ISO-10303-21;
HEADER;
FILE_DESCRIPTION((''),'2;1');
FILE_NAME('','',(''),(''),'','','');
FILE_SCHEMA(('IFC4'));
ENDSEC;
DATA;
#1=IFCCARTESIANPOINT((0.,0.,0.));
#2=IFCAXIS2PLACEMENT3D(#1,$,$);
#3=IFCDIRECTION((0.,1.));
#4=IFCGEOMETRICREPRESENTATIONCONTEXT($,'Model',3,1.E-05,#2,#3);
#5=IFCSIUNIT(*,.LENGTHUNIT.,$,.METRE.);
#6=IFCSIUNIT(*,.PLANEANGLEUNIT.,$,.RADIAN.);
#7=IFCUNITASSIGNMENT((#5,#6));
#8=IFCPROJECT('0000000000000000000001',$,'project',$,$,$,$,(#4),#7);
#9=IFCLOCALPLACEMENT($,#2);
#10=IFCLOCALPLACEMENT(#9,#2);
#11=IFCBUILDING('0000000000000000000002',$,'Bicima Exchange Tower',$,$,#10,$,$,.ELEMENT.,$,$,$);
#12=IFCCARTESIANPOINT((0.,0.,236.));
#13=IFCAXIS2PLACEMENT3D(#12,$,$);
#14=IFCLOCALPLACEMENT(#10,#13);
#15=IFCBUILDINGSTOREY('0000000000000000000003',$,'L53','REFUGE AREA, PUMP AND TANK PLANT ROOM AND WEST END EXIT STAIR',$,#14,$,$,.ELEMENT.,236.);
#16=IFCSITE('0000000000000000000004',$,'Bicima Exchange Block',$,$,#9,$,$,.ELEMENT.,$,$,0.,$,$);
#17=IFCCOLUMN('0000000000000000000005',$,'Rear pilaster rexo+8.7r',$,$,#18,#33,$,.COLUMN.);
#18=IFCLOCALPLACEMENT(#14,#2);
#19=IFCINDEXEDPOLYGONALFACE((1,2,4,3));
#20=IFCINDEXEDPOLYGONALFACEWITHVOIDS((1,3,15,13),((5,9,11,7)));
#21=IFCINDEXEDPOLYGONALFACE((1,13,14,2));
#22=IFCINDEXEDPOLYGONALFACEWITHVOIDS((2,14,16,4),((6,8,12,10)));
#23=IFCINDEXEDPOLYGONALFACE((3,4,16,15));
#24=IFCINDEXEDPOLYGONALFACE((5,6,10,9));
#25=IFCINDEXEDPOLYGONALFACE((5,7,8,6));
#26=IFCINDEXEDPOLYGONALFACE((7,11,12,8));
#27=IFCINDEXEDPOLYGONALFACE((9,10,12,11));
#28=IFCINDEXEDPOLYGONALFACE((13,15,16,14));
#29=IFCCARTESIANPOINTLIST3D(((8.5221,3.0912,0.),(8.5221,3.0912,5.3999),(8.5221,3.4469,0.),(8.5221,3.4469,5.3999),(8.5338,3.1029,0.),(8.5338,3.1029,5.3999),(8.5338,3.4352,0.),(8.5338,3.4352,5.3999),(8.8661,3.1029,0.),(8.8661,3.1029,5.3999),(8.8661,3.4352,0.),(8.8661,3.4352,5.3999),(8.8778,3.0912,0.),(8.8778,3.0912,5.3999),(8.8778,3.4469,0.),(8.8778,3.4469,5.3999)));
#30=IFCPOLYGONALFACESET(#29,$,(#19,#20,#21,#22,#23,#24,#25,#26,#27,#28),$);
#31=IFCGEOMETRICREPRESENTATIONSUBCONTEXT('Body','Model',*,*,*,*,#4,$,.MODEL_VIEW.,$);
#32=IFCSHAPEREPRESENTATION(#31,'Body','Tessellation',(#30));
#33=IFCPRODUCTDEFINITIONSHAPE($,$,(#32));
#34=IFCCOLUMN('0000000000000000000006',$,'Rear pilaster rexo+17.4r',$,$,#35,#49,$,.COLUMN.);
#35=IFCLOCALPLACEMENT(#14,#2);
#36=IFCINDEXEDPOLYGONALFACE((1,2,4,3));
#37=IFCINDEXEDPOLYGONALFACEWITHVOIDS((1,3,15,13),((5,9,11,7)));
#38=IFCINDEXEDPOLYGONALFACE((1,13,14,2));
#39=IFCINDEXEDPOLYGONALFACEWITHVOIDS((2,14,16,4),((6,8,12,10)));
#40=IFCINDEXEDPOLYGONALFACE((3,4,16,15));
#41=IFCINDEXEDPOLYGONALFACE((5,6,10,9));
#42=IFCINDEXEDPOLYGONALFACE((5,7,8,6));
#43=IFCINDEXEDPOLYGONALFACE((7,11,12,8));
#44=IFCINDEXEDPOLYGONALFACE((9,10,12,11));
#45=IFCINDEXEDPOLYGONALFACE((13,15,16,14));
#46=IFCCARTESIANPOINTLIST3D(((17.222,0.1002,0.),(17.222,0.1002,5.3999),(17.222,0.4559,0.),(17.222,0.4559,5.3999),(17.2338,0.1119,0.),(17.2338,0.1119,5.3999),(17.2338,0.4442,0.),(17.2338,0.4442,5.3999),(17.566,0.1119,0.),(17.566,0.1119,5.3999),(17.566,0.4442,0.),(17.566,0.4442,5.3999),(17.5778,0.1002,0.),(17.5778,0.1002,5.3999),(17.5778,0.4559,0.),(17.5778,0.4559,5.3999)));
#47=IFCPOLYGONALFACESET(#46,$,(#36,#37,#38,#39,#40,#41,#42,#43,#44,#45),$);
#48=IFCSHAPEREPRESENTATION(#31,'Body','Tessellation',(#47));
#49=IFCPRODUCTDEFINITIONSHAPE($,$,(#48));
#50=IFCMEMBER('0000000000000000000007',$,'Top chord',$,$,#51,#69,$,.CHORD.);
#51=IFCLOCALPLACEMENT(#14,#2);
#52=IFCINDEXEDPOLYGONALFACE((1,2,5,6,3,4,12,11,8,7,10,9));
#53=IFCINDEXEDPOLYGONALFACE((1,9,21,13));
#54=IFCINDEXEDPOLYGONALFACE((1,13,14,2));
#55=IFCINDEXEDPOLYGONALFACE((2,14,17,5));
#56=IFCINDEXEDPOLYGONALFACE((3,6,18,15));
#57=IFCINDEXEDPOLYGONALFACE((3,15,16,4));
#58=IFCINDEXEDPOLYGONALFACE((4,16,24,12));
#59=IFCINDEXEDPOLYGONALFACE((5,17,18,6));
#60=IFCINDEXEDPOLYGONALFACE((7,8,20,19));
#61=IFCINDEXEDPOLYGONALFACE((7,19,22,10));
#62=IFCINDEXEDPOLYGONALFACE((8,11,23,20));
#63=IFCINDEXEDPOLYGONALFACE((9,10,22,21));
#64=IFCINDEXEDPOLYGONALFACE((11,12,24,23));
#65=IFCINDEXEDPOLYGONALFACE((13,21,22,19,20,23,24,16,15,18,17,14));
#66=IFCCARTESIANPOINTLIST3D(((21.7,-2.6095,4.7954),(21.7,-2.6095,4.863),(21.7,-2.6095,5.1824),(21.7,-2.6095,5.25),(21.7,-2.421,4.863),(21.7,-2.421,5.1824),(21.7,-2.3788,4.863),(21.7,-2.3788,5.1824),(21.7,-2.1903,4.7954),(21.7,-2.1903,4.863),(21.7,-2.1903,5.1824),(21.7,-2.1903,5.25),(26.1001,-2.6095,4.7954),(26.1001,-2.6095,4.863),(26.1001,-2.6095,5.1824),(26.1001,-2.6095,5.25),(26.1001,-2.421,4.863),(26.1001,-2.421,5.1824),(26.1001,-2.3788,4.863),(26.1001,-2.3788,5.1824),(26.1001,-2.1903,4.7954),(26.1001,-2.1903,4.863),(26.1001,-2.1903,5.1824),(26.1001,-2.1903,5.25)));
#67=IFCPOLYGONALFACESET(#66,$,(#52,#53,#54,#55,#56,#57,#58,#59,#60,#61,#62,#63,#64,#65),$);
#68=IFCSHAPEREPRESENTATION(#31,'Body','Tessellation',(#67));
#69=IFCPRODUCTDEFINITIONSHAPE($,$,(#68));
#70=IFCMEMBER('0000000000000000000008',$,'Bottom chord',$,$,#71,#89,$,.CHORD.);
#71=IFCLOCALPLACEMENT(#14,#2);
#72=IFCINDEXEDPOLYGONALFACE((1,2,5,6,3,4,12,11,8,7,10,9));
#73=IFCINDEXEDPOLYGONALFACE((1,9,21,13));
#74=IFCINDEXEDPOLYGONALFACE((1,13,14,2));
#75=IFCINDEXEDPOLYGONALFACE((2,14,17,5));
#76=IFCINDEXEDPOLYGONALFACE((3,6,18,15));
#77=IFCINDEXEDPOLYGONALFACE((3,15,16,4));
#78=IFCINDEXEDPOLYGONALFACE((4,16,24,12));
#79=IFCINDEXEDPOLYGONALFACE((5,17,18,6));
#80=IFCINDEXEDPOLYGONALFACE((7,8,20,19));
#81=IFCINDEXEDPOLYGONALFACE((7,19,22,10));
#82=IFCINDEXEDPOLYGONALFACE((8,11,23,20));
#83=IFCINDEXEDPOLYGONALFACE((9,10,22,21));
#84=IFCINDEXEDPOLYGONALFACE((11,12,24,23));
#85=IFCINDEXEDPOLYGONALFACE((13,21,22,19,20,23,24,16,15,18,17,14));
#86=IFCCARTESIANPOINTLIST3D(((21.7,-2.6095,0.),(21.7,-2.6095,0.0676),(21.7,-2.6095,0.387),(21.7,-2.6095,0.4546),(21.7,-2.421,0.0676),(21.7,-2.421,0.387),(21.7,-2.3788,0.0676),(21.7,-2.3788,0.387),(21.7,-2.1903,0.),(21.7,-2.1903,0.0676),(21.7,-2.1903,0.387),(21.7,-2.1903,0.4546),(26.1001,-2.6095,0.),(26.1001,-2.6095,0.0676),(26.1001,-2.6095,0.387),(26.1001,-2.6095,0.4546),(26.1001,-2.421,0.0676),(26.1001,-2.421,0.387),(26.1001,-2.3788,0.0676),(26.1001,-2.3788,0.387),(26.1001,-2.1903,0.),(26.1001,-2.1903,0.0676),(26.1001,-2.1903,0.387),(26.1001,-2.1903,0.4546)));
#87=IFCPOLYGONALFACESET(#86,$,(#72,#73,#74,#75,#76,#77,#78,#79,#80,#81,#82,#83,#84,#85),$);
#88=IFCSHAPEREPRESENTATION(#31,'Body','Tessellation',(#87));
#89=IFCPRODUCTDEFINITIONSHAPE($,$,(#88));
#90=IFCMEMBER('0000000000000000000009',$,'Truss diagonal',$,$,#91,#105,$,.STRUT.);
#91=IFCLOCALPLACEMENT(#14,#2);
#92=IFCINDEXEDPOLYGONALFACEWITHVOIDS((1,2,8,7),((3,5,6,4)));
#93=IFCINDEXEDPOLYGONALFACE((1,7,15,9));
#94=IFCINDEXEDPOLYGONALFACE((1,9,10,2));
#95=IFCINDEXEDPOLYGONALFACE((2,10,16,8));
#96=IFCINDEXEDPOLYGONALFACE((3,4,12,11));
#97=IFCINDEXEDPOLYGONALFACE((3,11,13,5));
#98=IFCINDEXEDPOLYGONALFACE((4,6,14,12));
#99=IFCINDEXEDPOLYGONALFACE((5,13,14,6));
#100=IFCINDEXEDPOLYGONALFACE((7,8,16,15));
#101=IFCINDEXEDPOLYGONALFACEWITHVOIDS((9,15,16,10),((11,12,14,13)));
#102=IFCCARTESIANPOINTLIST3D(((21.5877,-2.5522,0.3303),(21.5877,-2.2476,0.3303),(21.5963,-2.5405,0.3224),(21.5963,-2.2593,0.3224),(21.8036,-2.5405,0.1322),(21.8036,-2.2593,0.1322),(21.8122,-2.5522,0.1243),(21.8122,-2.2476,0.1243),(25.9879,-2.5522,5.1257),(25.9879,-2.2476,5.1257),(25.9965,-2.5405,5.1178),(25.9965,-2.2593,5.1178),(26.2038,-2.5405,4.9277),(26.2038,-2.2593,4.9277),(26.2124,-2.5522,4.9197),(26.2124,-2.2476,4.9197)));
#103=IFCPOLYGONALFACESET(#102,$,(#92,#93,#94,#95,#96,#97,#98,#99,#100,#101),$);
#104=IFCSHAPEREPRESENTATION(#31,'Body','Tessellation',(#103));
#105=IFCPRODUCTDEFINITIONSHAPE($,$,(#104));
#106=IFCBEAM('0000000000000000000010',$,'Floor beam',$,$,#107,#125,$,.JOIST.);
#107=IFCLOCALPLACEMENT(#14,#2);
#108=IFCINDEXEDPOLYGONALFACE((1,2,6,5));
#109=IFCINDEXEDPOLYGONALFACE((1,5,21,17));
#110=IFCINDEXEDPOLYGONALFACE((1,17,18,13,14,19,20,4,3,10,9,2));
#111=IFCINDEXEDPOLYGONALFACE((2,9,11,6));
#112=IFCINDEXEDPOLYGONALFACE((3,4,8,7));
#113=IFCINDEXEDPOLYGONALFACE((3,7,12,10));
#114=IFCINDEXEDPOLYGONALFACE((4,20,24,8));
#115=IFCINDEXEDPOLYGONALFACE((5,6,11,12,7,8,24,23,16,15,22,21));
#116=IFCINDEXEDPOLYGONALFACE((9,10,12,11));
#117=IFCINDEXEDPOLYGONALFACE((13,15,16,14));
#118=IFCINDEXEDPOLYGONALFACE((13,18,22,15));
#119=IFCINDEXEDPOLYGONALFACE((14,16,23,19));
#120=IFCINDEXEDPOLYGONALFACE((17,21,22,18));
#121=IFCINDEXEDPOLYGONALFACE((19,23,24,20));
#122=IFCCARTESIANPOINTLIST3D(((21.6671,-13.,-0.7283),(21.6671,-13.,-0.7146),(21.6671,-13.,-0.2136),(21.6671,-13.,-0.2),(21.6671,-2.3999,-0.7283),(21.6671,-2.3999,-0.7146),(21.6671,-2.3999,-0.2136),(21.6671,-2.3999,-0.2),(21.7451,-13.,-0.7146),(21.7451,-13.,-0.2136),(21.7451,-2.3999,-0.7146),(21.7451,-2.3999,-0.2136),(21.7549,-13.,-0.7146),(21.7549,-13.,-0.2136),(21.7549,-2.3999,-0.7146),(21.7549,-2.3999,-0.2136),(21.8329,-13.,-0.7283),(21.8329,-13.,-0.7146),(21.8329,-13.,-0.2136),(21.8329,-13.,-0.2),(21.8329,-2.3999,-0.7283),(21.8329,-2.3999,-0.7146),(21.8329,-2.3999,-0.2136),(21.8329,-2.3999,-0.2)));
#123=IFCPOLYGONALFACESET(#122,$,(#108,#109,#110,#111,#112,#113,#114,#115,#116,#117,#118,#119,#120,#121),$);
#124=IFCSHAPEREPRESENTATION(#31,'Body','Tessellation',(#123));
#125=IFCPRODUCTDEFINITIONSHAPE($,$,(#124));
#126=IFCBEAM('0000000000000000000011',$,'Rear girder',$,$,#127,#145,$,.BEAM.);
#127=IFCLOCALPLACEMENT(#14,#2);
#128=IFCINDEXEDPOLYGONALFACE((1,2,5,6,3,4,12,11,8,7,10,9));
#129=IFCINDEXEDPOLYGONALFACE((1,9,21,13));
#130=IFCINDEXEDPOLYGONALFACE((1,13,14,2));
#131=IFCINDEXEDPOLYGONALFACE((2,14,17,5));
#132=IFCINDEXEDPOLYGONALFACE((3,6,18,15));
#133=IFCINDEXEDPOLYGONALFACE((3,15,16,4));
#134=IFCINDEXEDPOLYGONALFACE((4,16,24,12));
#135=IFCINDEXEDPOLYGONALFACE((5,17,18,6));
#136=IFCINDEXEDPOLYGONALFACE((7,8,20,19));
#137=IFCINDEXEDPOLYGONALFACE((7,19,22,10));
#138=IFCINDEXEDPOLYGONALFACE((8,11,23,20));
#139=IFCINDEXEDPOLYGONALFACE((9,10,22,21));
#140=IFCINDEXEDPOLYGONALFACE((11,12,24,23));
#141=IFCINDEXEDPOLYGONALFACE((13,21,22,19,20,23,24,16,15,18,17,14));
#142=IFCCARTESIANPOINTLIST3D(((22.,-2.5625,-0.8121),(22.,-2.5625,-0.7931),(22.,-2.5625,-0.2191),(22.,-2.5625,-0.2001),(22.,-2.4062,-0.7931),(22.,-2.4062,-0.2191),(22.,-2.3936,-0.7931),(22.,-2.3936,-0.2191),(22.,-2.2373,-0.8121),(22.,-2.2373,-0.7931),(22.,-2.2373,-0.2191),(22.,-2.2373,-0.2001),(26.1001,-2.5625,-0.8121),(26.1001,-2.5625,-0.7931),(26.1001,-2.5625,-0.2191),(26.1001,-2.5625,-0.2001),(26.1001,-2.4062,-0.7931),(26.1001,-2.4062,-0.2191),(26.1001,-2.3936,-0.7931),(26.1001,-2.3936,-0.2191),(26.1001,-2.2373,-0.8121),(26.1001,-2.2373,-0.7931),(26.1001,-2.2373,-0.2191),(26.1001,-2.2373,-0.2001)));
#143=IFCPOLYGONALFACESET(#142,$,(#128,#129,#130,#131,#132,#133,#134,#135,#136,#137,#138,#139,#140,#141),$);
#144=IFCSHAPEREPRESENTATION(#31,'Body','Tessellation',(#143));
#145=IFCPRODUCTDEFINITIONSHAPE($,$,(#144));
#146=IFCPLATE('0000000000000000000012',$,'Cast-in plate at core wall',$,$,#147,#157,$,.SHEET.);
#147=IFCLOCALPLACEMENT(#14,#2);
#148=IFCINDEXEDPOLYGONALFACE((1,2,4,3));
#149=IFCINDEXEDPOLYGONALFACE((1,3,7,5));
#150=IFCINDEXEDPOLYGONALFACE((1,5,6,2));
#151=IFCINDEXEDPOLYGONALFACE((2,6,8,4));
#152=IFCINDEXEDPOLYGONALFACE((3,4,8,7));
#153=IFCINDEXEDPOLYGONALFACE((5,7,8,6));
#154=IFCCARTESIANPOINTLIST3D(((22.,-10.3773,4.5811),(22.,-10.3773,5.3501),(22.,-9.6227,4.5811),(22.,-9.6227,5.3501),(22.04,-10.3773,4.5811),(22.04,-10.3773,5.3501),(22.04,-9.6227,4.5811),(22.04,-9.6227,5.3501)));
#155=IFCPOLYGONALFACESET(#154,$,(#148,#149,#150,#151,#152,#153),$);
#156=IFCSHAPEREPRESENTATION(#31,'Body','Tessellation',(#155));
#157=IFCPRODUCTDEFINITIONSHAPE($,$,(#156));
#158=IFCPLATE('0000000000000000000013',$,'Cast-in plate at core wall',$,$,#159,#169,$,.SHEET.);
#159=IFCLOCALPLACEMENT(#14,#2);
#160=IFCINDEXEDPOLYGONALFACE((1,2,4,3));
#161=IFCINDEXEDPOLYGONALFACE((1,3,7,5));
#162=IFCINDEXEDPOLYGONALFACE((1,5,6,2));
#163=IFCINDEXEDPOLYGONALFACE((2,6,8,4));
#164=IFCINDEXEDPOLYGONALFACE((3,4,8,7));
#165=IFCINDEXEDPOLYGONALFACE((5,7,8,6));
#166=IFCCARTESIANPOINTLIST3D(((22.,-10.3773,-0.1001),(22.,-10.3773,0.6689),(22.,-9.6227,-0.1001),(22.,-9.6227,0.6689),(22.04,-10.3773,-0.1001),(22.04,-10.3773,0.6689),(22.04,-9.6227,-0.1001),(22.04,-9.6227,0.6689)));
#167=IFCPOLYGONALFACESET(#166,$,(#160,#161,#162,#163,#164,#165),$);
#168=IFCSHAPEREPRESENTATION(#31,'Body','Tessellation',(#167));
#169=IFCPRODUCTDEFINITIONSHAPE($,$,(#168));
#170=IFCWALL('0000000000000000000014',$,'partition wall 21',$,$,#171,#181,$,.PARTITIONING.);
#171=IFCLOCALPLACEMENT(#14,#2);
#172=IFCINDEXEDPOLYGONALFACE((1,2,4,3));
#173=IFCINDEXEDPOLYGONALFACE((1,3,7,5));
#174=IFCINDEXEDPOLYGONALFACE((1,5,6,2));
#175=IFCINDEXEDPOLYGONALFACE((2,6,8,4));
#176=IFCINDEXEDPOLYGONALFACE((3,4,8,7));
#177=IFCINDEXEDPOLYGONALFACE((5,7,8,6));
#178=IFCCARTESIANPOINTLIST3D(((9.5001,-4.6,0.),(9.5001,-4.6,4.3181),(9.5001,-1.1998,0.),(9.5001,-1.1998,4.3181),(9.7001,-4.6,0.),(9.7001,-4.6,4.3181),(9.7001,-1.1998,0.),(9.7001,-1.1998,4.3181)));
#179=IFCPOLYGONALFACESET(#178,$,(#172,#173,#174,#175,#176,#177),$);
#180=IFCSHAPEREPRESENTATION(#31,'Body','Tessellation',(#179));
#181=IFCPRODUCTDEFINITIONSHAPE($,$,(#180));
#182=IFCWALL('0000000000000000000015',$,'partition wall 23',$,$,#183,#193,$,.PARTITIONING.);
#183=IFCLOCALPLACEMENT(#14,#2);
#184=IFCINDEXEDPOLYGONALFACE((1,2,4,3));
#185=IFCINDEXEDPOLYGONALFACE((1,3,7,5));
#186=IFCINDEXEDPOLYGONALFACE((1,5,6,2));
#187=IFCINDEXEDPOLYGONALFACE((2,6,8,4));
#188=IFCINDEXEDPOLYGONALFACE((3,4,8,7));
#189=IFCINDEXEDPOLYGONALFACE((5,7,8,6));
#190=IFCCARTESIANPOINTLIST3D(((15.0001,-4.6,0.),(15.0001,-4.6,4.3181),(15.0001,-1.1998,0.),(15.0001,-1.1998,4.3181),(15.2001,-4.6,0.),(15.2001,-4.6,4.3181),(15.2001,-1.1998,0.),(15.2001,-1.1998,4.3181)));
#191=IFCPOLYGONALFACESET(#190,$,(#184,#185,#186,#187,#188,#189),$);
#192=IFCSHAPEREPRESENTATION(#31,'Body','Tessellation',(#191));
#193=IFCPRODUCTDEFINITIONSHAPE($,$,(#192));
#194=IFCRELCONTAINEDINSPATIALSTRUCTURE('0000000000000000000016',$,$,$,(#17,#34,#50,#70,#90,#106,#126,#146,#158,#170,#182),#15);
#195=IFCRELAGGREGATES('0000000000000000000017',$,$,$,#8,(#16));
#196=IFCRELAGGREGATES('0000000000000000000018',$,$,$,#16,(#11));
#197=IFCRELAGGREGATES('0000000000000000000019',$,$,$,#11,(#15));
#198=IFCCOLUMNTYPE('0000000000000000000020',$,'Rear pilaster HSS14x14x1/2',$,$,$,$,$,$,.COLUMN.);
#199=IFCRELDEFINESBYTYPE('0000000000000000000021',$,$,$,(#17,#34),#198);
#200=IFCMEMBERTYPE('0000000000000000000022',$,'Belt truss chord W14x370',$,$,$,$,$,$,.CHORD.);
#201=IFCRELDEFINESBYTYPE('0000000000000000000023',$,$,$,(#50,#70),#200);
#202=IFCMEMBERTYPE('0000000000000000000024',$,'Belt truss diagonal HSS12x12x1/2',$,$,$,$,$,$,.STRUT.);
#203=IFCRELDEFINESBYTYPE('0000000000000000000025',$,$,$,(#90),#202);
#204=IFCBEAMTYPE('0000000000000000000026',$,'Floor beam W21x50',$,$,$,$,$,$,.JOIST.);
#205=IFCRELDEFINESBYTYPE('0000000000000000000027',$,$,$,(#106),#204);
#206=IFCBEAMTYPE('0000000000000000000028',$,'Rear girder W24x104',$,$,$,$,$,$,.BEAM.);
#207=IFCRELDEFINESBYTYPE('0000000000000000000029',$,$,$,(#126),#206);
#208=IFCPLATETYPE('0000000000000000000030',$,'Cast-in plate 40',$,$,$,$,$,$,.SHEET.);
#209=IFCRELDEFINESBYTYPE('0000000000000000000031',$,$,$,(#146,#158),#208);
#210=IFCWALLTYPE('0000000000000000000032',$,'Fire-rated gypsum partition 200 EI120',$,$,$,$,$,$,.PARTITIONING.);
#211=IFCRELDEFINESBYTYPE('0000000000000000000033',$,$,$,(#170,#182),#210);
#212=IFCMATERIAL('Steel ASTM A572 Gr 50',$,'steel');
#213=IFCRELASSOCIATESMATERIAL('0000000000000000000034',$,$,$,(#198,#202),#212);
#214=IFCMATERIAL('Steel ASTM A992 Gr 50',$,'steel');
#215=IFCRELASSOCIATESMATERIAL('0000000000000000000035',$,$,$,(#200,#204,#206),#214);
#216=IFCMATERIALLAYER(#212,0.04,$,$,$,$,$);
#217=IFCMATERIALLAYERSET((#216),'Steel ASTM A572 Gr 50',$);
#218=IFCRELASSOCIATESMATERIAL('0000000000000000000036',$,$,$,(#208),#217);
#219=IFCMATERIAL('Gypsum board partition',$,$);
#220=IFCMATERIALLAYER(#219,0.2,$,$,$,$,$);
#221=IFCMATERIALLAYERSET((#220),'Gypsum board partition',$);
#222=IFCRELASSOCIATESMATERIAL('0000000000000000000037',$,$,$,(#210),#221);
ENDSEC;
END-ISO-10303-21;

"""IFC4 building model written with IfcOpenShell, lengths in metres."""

from ifc_helpers import new_model, si_unit, direction, frame, frame_2d, origin, origin_2d, place, context, subcontext, project, spatial, rectangle, hollow_rectangle, i_section, extrude, material, layer, layer_set, material_profile, profile_set, type_object, element, save


model = new_model("IFC4")

# Units and contexts
model_context = context("Model", 3, precision=1e-05, world=origin(), true_north=direction((0.0, 1.0)))
body_context = subcontext(model_context, "Body", "Model", "MODEL_VIEW")
ifc_project = project(units=[si_unit("LENGTHUNIT", "METRE"), si_unit("PLANEANGLEUNIT", "RADIAN")], contexts=[model_context])

# Site, building, storey
site_placement = place(None, origin())
site = spatial("IfcSite", under=ifc_project, at=site_placement, Name="Bicima Exchange Block", CompositionType="ELEMENT", RefElevation=0.0)
building_placement = place(site_placement, origin())
building = spatial("IfcBuilding", under=site, at=building_placement, Name="Bicima Exchange Tower", CompositionType="ELEMENT")
storey_placement = place(building_placement, frame((0.0, 0.0, 236.0)))
storey = spatial("IfcBuildingStorey", under=building, at=storey_placement, Name="L53", Description="REFUGE AREA, PUMP AND TANK PLANT ROOM AND WEST END EXIT STAIR", CompositionType="ELEMENT", Elevation=236.0)

# Columns
ifc_material_1 = material(Name="Steel ASTM A572 Gr 50", Category="steel")
ifc_material_profile_1 = material_profile(ifc_material_1, hollow_rectangle(XDim=0.3557, YDim=0.3557, WallThickness=0.0117, at=origin_2d()))
ifc_profile_set_1 = profile_set([ifc_material_profile_1], Name="Steel ASTM A572 Gr 50")
column_type = type_object("IfcColumnType", Name="Rear pilaster HSS14x14x1/2", PredefinedType="COLUMN", material=ifc_profile_set_1)
for number, where, z_axis, x_axis, name in (
    (1, (8.7, 3.269, 0.0), (0.0, 0.0, 1.0), (1.0, 0.0, 0.0), "Rear pilaster rexo+8.7r"),
    (2, (17.3999, 0.2781, 0.0), (0.0, 0.0, 1.0), (1.0, 0.0, 0.0), "Rear pilaster rexo+17.4r"),
):
    element("IfcColumn", number, at=place(storey_placement, frame(where, z_axis=z_axis, x_axis=x_axis)), inside=storey, type_object=column_type, Name=name, PredefinedType="COLUMN", context=body_context, shape_type="SweptSolid", body=[
        extrude(hollow_rectangle(XDim=0.3557, YDim=0.3557, WallThickness=0.0117, at=origin_2d()), origin(), (0.0, 0.0, 1.0), 5.3999),
    ])

# Members
ifc_material_2 = material(Name="Steel ASTM A992 Gr 50", Category="steel")
ifc_material_profile_2 = material_profile(ifc_material_2, i_section(OverallWidth=0.4192, OverallDepth=0.4546, WebThickness=0.0422, FlangeThickness=0.0676, at=origin_2d()))
ifc_profile_set_2 = profile_set([ifc_material_profile_2], Name="Steel ASTM A992 Gr 50")
member_type_1 = type_object("IfcMemberType", Name="Belt truss chord W14x370", PredefinedType="CHORD", material=ifc_profile_set_2)
for number, where, z_axis, x_axis, name in (
    (3, (21.7, -2.3999, 5.0227), (1.0, 0.0, 0.0), (0.0, 1.0, 0.0), "Top chord"),
    (4, (21.7, -2.3999, 0.2273), (1.0, 0.0, 0.0), (0.0, 1.0, 0.0), "Bottom chord"),
):
    element("IfcMember", number, at=place(storey_placement, frame(where, z_axis=z_axis, x_axis=x_axis)), inside=storey, type_object=member_type_1, Name=name, PredefinedType="CHORD", context=body_context, shape_type="SweptSolid", body=[
        extrude(i_section(OverallWidth=0.4192, OverallDepth=0.4546, WebThickness=0.0422, FlangeThickness=0.0676, at=origin_2d()), origin(), (0.0, 0.0, 1.0), 4.4001),
    ])
ifc_material_profile_3 = material_profile(ifc_material_1, hollow_rectangle(XDim=0.3047, YDim=0.3047, WallThickness=0.0117, at=origin_2d()))
ifc_profile_set_3 = profile_set([ifc_material_profile_3], Name="Steel ASTM A572 Gr 50")
member_type_2 = type_object("IfcMemberType", Name="Belt truss diagonal HSS12x12x1/2", PredefinedType="STRUT", material=ifc_profile_set_3)
member_placement = place(storey_placement, frame((21.7, -2.3999, 0.2273), z_axis=(0.676088, 0.0, 0.736821), x_axis=(0.0, 1.0, 0.0)))
element("IfcMember", 5, at=member_placement, inside=storey, type_object=member_type_2, Name="Truss diagonal", PredefinedType="STRUT", context=body_context, shape_type="SweptSolid", body=[
    extrude(hollow_rectangle(XDim=0.3047, YDim=0.3047, WallThickness=0.0117, at=origin_2d()), origin(), (0.0, 0.0, 1.0), 6.5083),
])

# Beams
ifc_material_profile_4 = material_profile(ifc_material_2, i_section(OverallWidth=0.1658, OverallDepth=0.5283, WebThickness=0.0098, FlangeThickness=0.0137, at=origin_2d()))
ifc_profile_set_4 = profile_set([ifc_material_profile_4], Name="Steel ASTM A992 Gr 50")
beam_type_1 = type_object("IfcBeamType", Name="Floor beam W21x50", PredefinedType="JOIST", material=ifc_profile_set_4)
beam_1_placement = place(storey_placement, frame((21.75, -2.3999, -0.4641), z_axis=(0.0, -1.0, 0.0), x_axis=(1.0, 0.0, 0.0)))
element("IfcBeam", 6, at=beam_1_placement, inside=storey, type_object=beam_type_1, Name="Floor beam", PredefinedType="JOIST", context=body_context, shape_type="SweptSolid", body=[
    extrude(i_section(OverallWidth=0.1658, OverallDepth=0.5283, WebThickness=0.0098, FlangeThickness=0.0137, at=origin_2d()), origin(), (0.0, 0.0, 1.0), 10.6001),
])
ifc_material_profile_5 = material_profile(ifc_material_2, i_section(OverallWidth=0.3252, OverallDepth=0.6121, WebThickness=0.0127, FlangeThickness=0.019, at=origin_2d()))
ifc_profile_set_5 = profile_set([ifc_material_profile_5], Name="Steel ASTM A992 Gr 50")
beam_type_2 = type_object("IfcBeamType", Name="Rear girder W24x104", PredefinedType="BEAM", material=ifc_profile_set_5)
beam_2_placement = place(storey_placement, frame((22.0, -2.3999, -0.5061), z_axis=(1.0, 0.0, 0.0), x_axis=(0.0, 1.0, 0.0)))
element("IfcBeam", 7, at=beam_2_placement, inside=storey, type_object=beam_type_2, Name="Rear girder", PredefinedType="BEAM", context=body_context, shape_type="SweptSolid", body=[
    extrude(i_section(OverallWidth=0.3252, OverallDepth=0.6121, WebThickness=0.0127, FlangeThickness=0.019, at=origin_2d()), origin(), (0.0, 0.0, 1.0), 4.1001),
])

# Plates
ifc_layer_1 = layer(ifc_material_1, 0.04)
ifc_layer_set_1 = layer_set([ifc_layer_1], Name="Steel ASTM A572 Gr 50")
plate_type = type_object("IfcPlateType", Name="Cast-in plate 40", PredefinedType="SHEET", material=ifc_layer_set_1)
for number, where, z_axis, x_axis, name in (
    (8, (22.02, -10.0, 4.5811), (0.0, 0.0, 1.0), (1.0, 0.0, 0.0), "Cast-in plate at core wall"),
    (9, (22.02, -10.0, -0.1001), (0.0, 0.0, 1.0), (1.0, 0.0, 0.0), "Cast-in plate at core wall"),
):
    element("IfcPlate", number, at=place(storey_placement, frame(where, z_axis=z_axis, x_axis=x_axis)), inside=storey, type_object=plate_type, Name=name, PredefinedType="SHEET", context=body_context, shape_type="SweptSolid", body=[
        extrude(rectangle(XDim=0.04, YDim=0.7546, at=origin_2d()), origin(), (0.0, 0.0, 1.0), 0.769),
    ])

# Walls
ifc_material_3 = material(Name="Gypsum board partition")
ifc_layer_2 = layer(ifc_material_3, 0.2)
ifc_layer_set_2 = layer_set([ifc_layer_2], Name="Gypsum board partition")
wall_type_1 = type_object("IfcWallType", Name="Fire-rated gypsum partition 200 EI120", PredefinedType="PARTITIONING", material=ifc_layer_set_2)
for number, where, z_axis, x_axis, name in (
    (10, (9.6001, -4.6001, 0.0), (0.0, 0.0, 1.0), (0.0, 1.0, 0.0), "partition wall 21"),
    (11, (15.1001, -4.6001, 0.0), (0.0, 0.0, 1.0), (0.0, 1.0, 0.0), "partition wall 23"),
):
    element("IfcWall", number, at=place(storey_placement, frame(where, z_axis=z_axis, x_axis=x_axis)), inside=storey, type_object=wall_type_1, Name=name, PredefinedType="PARTITIONING", context=body_context, shape_type="SweptSolid", body=[
        extrude(rectangle(XDim=3.4001, YDim=0.2, at=frame_2d((1.7002, 0.0))), origin(), (0.0, 0.0, 1.0), 4.3181),
    ])

save(model, "model.ifc")
